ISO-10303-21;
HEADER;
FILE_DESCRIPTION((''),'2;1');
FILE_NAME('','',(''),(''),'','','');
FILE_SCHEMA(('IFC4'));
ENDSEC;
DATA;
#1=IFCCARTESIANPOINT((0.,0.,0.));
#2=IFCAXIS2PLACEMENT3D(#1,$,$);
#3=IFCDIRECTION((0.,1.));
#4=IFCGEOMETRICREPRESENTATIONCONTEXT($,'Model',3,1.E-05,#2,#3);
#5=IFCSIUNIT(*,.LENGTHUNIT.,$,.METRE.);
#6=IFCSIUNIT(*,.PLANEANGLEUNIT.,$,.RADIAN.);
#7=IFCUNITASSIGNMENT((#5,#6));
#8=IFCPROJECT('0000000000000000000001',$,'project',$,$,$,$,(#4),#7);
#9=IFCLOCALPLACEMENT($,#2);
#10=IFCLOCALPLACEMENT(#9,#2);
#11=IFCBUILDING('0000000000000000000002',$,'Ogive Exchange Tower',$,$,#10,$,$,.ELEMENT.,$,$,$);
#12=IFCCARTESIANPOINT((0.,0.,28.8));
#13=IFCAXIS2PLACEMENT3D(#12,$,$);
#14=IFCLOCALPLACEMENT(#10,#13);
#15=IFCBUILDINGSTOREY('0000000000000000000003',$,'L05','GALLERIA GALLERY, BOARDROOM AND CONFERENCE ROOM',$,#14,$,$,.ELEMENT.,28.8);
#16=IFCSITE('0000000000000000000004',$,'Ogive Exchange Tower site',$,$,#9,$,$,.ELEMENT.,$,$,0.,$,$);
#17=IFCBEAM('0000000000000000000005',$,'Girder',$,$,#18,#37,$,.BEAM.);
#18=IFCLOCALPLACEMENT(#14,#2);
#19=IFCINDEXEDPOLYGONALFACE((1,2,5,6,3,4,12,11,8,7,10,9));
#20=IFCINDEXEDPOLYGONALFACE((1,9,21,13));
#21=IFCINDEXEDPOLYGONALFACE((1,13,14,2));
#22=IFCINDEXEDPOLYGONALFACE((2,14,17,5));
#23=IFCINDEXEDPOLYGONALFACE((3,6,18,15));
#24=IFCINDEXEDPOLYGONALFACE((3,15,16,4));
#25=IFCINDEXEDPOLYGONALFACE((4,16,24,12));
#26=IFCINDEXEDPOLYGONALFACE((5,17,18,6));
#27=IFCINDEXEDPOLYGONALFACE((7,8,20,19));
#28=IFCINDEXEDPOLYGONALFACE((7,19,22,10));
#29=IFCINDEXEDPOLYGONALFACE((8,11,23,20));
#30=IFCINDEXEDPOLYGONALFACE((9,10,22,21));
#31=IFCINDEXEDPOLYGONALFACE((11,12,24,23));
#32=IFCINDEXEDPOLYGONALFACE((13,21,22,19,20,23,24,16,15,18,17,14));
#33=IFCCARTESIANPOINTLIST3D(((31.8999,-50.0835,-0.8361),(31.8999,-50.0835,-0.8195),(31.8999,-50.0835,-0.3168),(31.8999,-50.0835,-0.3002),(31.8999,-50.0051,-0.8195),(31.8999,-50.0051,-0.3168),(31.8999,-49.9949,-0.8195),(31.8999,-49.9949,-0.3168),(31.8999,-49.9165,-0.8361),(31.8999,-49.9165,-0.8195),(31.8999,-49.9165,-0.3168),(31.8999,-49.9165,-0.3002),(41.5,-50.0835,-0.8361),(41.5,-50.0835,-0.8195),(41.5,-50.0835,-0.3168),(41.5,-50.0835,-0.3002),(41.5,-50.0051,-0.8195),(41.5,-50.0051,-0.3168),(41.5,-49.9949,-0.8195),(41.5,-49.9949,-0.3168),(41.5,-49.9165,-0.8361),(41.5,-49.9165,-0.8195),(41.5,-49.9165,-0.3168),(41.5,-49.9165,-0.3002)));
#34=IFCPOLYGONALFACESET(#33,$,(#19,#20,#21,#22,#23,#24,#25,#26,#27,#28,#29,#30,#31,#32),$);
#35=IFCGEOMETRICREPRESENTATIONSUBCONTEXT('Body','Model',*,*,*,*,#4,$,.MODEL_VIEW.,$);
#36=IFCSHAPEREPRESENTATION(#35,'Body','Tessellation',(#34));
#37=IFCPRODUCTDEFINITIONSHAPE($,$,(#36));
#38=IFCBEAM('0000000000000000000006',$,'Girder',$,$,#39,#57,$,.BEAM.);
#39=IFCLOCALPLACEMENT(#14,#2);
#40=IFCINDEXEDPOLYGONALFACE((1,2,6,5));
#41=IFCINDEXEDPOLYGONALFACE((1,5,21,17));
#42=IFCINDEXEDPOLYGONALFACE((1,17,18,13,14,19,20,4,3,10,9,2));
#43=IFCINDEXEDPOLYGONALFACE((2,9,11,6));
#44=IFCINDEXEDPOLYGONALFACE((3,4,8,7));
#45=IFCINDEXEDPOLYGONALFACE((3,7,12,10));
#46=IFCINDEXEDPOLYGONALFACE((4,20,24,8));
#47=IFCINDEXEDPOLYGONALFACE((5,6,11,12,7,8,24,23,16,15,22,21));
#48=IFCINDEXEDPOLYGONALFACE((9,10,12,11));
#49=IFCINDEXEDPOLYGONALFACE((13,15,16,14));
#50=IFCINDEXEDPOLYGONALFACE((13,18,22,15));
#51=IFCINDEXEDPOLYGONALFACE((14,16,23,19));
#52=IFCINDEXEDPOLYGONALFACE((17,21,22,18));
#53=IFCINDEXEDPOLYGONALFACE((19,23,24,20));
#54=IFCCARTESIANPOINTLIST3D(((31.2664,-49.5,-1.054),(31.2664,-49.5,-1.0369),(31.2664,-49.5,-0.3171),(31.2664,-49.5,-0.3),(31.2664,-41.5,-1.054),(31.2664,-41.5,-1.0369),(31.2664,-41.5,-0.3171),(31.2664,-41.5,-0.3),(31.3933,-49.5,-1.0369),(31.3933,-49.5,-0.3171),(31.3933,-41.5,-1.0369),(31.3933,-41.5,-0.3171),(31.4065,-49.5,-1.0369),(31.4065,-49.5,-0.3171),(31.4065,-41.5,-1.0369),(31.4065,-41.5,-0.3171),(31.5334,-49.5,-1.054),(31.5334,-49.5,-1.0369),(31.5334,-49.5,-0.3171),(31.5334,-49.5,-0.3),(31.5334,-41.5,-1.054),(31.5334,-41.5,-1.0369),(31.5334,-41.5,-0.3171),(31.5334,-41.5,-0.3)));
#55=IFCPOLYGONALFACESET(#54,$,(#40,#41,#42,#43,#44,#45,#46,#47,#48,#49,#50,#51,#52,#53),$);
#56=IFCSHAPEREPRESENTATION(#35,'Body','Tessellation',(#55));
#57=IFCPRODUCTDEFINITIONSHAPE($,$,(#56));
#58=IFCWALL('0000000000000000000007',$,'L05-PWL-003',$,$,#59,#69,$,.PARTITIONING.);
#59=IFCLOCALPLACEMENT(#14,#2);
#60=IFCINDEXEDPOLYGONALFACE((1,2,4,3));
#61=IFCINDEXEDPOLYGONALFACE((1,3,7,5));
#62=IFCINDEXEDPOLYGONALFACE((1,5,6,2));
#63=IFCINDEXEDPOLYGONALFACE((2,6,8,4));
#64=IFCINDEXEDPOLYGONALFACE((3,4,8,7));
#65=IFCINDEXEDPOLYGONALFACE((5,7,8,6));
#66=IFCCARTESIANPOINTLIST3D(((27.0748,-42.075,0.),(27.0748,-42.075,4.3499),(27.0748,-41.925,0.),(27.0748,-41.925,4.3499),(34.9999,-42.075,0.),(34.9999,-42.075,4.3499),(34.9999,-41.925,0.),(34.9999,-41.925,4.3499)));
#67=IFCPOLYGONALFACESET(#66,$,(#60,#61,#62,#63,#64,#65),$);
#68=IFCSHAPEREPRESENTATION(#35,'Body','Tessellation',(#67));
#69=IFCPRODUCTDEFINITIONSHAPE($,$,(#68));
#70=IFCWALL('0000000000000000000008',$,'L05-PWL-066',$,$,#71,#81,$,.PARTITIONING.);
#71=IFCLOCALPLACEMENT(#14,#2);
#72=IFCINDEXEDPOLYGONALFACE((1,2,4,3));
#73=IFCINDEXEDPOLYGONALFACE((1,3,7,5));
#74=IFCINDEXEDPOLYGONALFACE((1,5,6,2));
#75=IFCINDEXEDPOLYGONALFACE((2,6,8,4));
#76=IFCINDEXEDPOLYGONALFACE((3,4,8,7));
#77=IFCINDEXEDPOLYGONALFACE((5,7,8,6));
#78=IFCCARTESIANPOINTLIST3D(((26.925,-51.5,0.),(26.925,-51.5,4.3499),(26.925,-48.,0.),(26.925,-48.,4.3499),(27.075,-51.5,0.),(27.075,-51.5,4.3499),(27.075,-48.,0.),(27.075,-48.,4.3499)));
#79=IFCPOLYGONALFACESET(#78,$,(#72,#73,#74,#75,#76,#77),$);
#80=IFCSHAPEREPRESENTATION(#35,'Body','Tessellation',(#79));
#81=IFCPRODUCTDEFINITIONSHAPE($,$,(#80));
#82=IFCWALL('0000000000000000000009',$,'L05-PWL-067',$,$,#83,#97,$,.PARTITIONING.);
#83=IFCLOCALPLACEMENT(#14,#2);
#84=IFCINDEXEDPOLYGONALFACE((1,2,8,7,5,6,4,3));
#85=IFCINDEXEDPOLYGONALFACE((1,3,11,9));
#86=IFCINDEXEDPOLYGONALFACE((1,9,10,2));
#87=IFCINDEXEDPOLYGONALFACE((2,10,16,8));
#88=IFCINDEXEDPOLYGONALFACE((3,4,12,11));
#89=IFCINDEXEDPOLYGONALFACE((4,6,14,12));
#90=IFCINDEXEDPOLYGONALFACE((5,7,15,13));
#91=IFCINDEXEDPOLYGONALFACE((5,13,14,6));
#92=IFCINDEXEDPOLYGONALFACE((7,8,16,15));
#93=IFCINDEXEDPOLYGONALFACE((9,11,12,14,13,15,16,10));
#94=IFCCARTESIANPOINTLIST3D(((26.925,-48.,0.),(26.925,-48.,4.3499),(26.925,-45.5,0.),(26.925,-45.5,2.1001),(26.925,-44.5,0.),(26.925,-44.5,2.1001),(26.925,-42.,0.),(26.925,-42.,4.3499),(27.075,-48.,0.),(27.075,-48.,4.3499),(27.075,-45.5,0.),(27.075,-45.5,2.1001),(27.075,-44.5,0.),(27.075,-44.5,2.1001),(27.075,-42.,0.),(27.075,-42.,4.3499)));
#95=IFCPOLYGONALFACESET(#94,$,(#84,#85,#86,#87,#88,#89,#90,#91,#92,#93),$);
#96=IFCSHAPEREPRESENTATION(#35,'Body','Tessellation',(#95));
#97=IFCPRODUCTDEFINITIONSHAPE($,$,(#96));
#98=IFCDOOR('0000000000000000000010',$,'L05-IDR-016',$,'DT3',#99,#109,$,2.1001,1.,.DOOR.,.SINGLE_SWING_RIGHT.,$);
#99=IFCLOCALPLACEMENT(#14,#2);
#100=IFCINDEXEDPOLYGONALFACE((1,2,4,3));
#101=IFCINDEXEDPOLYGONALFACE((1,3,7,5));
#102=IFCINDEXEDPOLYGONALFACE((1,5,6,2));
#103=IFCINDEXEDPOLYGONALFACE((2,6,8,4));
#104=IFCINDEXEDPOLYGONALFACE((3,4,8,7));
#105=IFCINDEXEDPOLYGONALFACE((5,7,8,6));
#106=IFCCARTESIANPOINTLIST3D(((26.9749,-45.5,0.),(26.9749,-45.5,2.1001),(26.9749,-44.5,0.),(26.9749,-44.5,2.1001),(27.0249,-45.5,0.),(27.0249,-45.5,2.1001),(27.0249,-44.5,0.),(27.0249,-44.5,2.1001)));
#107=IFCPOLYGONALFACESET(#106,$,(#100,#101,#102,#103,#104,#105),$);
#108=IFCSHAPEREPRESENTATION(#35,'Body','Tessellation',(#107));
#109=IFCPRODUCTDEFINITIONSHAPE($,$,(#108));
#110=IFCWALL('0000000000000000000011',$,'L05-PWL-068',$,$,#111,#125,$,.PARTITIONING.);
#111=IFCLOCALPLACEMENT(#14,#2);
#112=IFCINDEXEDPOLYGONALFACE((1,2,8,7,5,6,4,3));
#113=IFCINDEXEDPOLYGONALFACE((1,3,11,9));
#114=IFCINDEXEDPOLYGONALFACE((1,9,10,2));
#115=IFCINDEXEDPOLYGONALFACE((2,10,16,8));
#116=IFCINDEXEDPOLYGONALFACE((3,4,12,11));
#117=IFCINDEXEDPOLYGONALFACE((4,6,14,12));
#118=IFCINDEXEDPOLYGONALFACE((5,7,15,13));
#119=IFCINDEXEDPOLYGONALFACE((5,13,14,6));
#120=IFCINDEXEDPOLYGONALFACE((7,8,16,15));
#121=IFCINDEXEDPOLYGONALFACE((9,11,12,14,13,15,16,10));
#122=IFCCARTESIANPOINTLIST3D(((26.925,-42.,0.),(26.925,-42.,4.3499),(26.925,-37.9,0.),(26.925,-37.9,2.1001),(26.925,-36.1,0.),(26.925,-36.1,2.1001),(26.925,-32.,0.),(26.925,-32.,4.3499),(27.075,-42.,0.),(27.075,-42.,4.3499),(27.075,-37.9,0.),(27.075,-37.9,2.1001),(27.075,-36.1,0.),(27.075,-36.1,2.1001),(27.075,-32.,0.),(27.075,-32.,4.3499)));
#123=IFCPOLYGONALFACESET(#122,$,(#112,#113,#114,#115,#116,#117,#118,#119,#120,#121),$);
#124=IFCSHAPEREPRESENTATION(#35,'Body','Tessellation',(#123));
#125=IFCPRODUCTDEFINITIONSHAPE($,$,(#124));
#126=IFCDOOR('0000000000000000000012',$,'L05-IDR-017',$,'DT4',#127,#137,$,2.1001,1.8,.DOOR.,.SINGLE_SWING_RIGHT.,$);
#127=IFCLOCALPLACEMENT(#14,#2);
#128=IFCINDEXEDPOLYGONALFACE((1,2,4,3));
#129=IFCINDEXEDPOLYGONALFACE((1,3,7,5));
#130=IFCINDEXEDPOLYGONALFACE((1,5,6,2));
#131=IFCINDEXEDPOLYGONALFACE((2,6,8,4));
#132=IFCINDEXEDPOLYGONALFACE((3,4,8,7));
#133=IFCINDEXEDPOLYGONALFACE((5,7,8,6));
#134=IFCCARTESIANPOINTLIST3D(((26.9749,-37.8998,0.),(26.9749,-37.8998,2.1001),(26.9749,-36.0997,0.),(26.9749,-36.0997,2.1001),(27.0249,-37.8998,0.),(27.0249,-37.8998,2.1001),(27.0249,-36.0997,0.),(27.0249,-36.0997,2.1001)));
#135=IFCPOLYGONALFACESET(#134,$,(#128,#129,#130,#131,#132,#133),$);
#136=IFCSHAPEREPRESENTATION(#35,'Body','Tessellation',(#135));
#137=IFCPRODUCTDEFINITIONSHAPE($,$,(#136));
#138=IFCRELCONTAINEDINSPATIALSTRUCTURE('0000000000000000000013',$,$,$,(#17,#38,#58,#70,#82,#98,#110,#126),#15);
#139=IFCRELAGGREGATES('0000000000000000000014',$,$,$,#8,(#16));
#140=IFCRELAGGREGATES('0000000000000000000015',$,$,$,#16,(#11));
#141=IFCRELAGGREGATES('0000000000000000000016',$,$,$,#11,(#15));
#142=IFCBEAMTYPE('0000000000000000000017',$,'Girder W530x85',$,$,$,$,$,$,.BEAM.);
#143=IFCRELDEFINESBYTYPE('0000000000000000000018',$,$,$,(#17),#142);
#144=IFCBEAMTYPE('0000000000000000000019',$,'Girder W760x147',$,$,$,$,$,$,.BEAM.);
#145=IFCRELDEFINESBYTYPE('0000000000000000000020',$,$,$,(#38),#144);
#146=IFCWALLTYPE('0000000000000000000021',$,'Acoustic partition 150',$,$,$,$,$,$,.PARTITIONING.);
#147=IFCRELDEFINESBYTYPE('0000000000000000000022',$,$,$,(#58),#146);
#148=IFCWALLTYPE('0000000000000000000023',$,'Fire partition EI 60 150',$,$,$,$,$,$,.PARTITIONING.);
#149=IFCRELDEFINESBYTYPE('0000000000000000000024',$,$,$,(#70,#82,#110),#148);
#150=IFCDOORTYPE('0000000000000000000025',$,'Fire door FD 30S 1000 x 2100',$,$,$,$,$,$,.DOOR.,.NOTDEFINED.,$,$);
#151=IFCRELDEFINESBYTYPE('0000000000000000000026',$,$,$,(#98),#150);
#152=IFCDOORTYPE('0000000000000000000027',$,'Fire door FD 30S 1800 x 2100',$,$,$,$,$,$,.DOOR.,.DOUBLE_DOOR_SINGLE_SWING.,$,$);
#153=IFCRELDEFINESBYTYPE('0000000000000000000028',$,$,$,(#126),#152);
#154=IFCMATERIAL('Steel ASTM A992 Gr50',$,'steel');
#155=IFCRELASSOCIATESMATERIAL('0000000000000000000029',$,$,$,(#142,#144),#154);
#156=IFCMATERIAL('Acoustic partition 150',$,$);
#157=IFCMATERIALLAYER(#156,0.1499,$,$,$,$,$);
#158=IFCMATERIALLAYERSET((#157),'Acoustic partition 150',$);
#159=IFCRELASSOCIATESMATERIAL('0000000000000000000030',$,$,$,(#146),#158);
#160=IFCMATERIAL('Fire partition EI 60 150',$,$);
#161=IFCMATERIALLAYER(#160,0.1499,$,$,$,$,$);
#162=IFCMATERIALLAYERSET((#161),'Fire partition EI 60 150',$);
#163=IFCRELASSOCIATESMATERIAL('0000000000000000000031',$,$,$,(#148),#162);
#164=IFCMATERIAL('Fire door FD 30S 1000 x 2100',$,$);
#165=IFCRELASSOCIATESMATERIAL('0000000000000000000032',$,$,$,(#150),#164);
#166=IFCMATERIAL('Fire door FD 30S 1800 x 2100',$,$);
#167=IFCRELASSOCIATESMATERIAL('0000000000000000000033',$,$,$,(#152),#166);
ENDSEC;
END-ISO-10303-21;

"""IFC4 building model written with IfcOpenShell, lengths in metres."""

from ifc_helpers import new_model, si_unit, direction, frame, frame_2d, origin, origin_2d, place, context, subcontext, project, spatial, rectangle, i_section, extrude, material, layer, layer_set, material_profile, profile_set, type_object, element, fill, save


model = new_model("IFC4")

# Units and contexts
model_context = context("Model", 3, precision=1e-05, world=origin(), true_north=direction((0.0, 1.0)))
body_context = subcontext(model_context, "Body", "Model", "MODEL_VIEW")
ifc_project = project(units=[si_unit("LENGTHUNIT", "METRE"), si_unit("PLANEANGLEUNIT", "RADIAN")], contexts=[model_context])

# Site, building, storey
site_placement = place(None, origin())
site = spatial("IfcSite", under=ifc_project, at=site_placement, Name="Ogive Exchange Tower site", CompositionType="ELEMENT", RefElevation=0.0)
building_placement = place(site_placement, origin())
building = spatial("IfcBuilding", under=site, at=building_placement, Name="Ogive Exchange Tower", CompositionType="ELEMENT")
storey_placement = place(building_placement, frame((0.0, 0.0, 28.8)))
storey = spatial("IfcBuildingStorey", under=building, at=storey_placement, Name="L05", Description="GALLERIA GALLERY, BOARDROOM AND CONFERENCE ROOM", CompositionType="ELEMENT", Elevation=28.8)

# Beams
ifc_material_1 = material(Name="Steel ASTM A992 Gr50", Category="steel")
ifc_material_profile_1 = material_profile(ifc_material_1, i_section(OverallWidth=0.167, OverallDepth=0.5359, WebThickness=0.0103, FlangeThickness=0.0166, at=origin_2d()), Name="W530x85")
ifc_profile_set_1 = profile_set([ifc_material_profile_1], Name="Steel ASTM A992 Gr50")
beam_type_1 = type_object("IfcBeamType", Name="Girder W530x85", PredefinedType="BEAM", material=ifc_profile_set_1)
beam_1_placement = place(storey_placement, frame((31.8999, -50.0, -0.5681), z_axis=(1.0, 0.0, 0.0), x_axis=(0.0, 1.0, 0.0)))
element("IfcBeam", 1, at=beam_1_placement, inside=storey, type_object=beam_type_1, Name="Girder", PredefinedType="BEAM", context=body_context, shape_type="SweptSolid", body=[
    extrude(i_section(OverallWidth=0.167, OverallDepth=0.5359, WebThickness=0.0103, FlangeThickness=0.0166, at=origin_2d()), origin(), (0.0, 0.0, 1.0), 9.6001),
])
ifc_material_profile_2 = material_profile(ifc_material_1, i_section(OverallWidth=0.2671, OverallDepth=0.7539, WebThickness=0.0132, FlangeThickness=0.0171, at=origin_2d()), Name="W760x147")
ifc_profile_set_2 = profile_set([ifc_material_profile_2], Name="Steel ASTM A992 Gr50")
beam_type_2 = type_object("IfcBeamType", Name="Girder W760x147", PredefinedType="BEAM", material=ifc_profile_set_2)
beam_2_placement = place(storey_placement, frame((31.3999, -49.5, -0.677), z_axis=(0.0, 1.0, 0.0), x_axis=(-1.0, 0.0, 0.0)))
element("IfcBeam", 2, at=beam_2_placement, inside=storey, type_object=beam_type_2, Name="Girder", PredefinedType="BEAM", context=body_context, shape_type="SweptSolid", body=[
    extrude(i_section(OverallWidth=0.2671, OverallDepth=0.7539, WebThickness=0.0132, FlangeThickness=0.0171, at=origin_2d()), origin(), (0.0, 0.0, 1.0), 8.0),
])

# Walls
ifc_material_2 = material(Name="Acoustic partition 150")
ifc_layer_1 = layer(ifc_material_2, 0.1499)
ifc_layer_set_1 = layer_set([ifc_layer_1], Name="Acoustic partition 150")
wall_type_1 = type_object("IfcWallType", Name="Acoustic partition 150", PredefinedType="PARTITIONING", material=ifc_layer_set_1)
wall_1_placement = place(storey_placement, frame((27.075, -42.0, 0.0), z_axis=(0.0, 0.0, 1.0), x_axis=(1.0, 0.0, 0.0)))
element("IfcWall", 3, at=wall_1_placement, inside=storey, type_object=wall_type_1, Name="L05-PWL-003", PredefinedType="PARTITIONING", context=body_context, shape_type="SweptSolid", body=[
    extrude(rectangle(XDim=7.925, YDim=0.1499, at=frame_2d((3.9624, 0.0))), origin(), (0.0, 0.0, 1.0), 4.3499),
])
ifc_material_3 = material(Name="Fire partition EI 60 150")
ifc_layer_2 = layer(ifc_material_3, 0.1499)
ifc_layer_set_2 = layer_set([ifc_layer_2], Name="Fire partition EI 60 150")
wall_type_2 = type_object("IfcWallType", Name="Fire partition EI 60 150", PredefinedType="PARTITIONING", material=ifc_layer_set_2)
wall_2_placement = place(storey_placement, frame((27.0, -51.5, 0.0), z_axis=(0.0, 0.0, 1.0), x_axis=(0.0, 1.0, 0.0)))
element("IfcWall", 4, at=wall_2_placement, inside=storey, type_object=wall_type_2, Name="L05-PWL-066", PredefinedType="PARTITIONING", context=body_context, shape_type="SweptSolid", body=[
    extrude(rectangle(XDim=3.5, YDim=0.1499, at=frame_2d((1.75, 0.0))), origin(), (0.0, 0.0, 1.0), 4.3499),
])

# Walls, openings, doors
wall_3_placement = place(storey_placement, frame((27.0, -48.0, 0.0), z_axis=(0.0, 0.0, 1.0), x_axis=(0.0, 1.0, 0.0)))
wall_3 = element("IfcWall", 5, at=wall_3_placement, inside=storey, type_object=wall_type_2, Name="L05-PWL-067", PredefinedType="PARTITIONING", context=body_context, shape_type="SweptSolid", body=[
    extrude(rectangle(XDim=6.0, YDim=0.1499, at=frame_2d((3.0, 0.0))), origin(), (0.0, 0.0, 1.0), 4.3499),
])
opening_1_placement = place(wall_3_placement, frame((2.5, 0.0, 0.0)))
opening_1 = element("IfcOpeningElement", 6, at=opening_1_placement, cuts=wall_3, PredefinedType="OPENING", context=body_context, shape_type="SweptSolid", body=[
    extrude(rectangle(XDim=1.0, YDim=2.1001, at=frame_2d((0.5, 1.05))), frame((0.0, 0.085, 0.0), z_axis=(0.0, -1.0, 0.0), x_axis=(1.0, 0.0, 0.0)), (0.0, 0.0, 1.0), 0.1699),
])
ifc_material_4 = material(Name="Fire door FD 30S 1000 x 2100")
door_type_1 = type_object("IfcDoorType", Name="Fire door FD 30S 1000 x 2100", OperationType="NOTDEFINED", PredefinedType="DOOR", material=ifc_material_4)
door_1_placement = place(opening_1_placement, frame((1.0, 0.0, 0.0), z_axis=(0.0, 0.0, 1.0), x_axis=(-1.0, 0.0, 0.0)))
door_1 = element("IfcDoor", 7, at=door_1_placement, inside=storey, type_object=door_type_1, Name="L05-IDR-016", ObjectType="DT3", OperationType="SINGLE_SWING_RIGHT", OverallHeight=2.1001, OverallWidth=1.0, PredefinedType="DOOR", context=body_context, shape_type="SweptSolid", body=[
    extrude(rectangle(XDim=1.0, YDim=2.1001, at=frame_2d((0.5, 1.05))), frame((0.0, 0.0249, 0.0), z_axis=(0.0, -1.0, 0.0), x_axis=(1.0, 0.0, 0.0)), (0.0, 0.0, 1.0), 0.05),
])
fill(opening_1, door_1)
wall_4_placement = place(storey_placement, frame((27.0, -42.0, 0.0), z_axis=(0.0, 0.0, 1.0), x_axis=(0.0, 1.0, 0.0)))
wall_4 = element("IfcWall", 8, at=wall_4_placement, inside=storey, type_object=wall_type_2, Name="L05-PWL-068", PredefinedType="PARTITIONING", context=body_context, shape_type="SweptSolid", body=[
    extrude(rectangle(XDim=10.0, YDim=0.1499, at=frame_2d((5.0, 0.0))), origin(), (0.0, 0.0, 1.0), 4.3499),
])
opening_2_placement = place(wall_4_placement, frame((4.1001, 0.0, 0.0)))
opening_2 = element("IfcOpeningElement", 9, at=opening_2_placement, cuts=wall_4, PredefinedType="OPENING", context=body_context, shape_type="SweptSolid", body=[
    extrude(rectangle(XDim=1.8, YDim=2.1001, at=frame_2d((0.8999, 1.05))), frame((0.0, 0.085, 0.0), z_axis=(0.0, -1.0, 0.0), x_axis=(1.0, 0.0, 0.0)), (0.0, 0.0, 1.0), 0.1699),
])
ifc_material_5 = material(Name="Fire door FD 30S 1800 x 2100")
door_type_2 = type_object("IfcDoorType", Name="Fire door FD 30S 1800 x 2100", OperationType="DOUBLE_DOOR_SINGLE_SWING", PredefinedType="DOOR", material=ifc_material_5)
door_2_placement = place(opening_2_placement, frame((1.8, 0.0, 0.0), z_axis=(0.0, 0.0, 1.0), x_axis=(-1.0, 0.0, 0.0)))
door_2 = element("IfcDoor", 10, at=door_2_placement, inside=storey, type_object=door_type_2, Name="L05-IDR-017", ObjectType="DT4", OperationType="SINGLE_SWING_RIGHT", OverallHeight=2.1001, OverallWidth=1.8, PredefinedType="DOOR", context=body_context, shape_type="SweptSolid", body=[
    extrude(rectangle(XDim=1.8, YDim=2.1001, at=frame_2d((0.8999, 1.05))), frame((0.0, 0.0249, 0.0), z_axis=(0.0, -1.0, 0.0), x_axis=(1.0, 0.0, 0.0)), (0.0, 0.0, 1.0), 0.05),
])
fill(opening_2, door_2)

save(model, "model.ifc")
